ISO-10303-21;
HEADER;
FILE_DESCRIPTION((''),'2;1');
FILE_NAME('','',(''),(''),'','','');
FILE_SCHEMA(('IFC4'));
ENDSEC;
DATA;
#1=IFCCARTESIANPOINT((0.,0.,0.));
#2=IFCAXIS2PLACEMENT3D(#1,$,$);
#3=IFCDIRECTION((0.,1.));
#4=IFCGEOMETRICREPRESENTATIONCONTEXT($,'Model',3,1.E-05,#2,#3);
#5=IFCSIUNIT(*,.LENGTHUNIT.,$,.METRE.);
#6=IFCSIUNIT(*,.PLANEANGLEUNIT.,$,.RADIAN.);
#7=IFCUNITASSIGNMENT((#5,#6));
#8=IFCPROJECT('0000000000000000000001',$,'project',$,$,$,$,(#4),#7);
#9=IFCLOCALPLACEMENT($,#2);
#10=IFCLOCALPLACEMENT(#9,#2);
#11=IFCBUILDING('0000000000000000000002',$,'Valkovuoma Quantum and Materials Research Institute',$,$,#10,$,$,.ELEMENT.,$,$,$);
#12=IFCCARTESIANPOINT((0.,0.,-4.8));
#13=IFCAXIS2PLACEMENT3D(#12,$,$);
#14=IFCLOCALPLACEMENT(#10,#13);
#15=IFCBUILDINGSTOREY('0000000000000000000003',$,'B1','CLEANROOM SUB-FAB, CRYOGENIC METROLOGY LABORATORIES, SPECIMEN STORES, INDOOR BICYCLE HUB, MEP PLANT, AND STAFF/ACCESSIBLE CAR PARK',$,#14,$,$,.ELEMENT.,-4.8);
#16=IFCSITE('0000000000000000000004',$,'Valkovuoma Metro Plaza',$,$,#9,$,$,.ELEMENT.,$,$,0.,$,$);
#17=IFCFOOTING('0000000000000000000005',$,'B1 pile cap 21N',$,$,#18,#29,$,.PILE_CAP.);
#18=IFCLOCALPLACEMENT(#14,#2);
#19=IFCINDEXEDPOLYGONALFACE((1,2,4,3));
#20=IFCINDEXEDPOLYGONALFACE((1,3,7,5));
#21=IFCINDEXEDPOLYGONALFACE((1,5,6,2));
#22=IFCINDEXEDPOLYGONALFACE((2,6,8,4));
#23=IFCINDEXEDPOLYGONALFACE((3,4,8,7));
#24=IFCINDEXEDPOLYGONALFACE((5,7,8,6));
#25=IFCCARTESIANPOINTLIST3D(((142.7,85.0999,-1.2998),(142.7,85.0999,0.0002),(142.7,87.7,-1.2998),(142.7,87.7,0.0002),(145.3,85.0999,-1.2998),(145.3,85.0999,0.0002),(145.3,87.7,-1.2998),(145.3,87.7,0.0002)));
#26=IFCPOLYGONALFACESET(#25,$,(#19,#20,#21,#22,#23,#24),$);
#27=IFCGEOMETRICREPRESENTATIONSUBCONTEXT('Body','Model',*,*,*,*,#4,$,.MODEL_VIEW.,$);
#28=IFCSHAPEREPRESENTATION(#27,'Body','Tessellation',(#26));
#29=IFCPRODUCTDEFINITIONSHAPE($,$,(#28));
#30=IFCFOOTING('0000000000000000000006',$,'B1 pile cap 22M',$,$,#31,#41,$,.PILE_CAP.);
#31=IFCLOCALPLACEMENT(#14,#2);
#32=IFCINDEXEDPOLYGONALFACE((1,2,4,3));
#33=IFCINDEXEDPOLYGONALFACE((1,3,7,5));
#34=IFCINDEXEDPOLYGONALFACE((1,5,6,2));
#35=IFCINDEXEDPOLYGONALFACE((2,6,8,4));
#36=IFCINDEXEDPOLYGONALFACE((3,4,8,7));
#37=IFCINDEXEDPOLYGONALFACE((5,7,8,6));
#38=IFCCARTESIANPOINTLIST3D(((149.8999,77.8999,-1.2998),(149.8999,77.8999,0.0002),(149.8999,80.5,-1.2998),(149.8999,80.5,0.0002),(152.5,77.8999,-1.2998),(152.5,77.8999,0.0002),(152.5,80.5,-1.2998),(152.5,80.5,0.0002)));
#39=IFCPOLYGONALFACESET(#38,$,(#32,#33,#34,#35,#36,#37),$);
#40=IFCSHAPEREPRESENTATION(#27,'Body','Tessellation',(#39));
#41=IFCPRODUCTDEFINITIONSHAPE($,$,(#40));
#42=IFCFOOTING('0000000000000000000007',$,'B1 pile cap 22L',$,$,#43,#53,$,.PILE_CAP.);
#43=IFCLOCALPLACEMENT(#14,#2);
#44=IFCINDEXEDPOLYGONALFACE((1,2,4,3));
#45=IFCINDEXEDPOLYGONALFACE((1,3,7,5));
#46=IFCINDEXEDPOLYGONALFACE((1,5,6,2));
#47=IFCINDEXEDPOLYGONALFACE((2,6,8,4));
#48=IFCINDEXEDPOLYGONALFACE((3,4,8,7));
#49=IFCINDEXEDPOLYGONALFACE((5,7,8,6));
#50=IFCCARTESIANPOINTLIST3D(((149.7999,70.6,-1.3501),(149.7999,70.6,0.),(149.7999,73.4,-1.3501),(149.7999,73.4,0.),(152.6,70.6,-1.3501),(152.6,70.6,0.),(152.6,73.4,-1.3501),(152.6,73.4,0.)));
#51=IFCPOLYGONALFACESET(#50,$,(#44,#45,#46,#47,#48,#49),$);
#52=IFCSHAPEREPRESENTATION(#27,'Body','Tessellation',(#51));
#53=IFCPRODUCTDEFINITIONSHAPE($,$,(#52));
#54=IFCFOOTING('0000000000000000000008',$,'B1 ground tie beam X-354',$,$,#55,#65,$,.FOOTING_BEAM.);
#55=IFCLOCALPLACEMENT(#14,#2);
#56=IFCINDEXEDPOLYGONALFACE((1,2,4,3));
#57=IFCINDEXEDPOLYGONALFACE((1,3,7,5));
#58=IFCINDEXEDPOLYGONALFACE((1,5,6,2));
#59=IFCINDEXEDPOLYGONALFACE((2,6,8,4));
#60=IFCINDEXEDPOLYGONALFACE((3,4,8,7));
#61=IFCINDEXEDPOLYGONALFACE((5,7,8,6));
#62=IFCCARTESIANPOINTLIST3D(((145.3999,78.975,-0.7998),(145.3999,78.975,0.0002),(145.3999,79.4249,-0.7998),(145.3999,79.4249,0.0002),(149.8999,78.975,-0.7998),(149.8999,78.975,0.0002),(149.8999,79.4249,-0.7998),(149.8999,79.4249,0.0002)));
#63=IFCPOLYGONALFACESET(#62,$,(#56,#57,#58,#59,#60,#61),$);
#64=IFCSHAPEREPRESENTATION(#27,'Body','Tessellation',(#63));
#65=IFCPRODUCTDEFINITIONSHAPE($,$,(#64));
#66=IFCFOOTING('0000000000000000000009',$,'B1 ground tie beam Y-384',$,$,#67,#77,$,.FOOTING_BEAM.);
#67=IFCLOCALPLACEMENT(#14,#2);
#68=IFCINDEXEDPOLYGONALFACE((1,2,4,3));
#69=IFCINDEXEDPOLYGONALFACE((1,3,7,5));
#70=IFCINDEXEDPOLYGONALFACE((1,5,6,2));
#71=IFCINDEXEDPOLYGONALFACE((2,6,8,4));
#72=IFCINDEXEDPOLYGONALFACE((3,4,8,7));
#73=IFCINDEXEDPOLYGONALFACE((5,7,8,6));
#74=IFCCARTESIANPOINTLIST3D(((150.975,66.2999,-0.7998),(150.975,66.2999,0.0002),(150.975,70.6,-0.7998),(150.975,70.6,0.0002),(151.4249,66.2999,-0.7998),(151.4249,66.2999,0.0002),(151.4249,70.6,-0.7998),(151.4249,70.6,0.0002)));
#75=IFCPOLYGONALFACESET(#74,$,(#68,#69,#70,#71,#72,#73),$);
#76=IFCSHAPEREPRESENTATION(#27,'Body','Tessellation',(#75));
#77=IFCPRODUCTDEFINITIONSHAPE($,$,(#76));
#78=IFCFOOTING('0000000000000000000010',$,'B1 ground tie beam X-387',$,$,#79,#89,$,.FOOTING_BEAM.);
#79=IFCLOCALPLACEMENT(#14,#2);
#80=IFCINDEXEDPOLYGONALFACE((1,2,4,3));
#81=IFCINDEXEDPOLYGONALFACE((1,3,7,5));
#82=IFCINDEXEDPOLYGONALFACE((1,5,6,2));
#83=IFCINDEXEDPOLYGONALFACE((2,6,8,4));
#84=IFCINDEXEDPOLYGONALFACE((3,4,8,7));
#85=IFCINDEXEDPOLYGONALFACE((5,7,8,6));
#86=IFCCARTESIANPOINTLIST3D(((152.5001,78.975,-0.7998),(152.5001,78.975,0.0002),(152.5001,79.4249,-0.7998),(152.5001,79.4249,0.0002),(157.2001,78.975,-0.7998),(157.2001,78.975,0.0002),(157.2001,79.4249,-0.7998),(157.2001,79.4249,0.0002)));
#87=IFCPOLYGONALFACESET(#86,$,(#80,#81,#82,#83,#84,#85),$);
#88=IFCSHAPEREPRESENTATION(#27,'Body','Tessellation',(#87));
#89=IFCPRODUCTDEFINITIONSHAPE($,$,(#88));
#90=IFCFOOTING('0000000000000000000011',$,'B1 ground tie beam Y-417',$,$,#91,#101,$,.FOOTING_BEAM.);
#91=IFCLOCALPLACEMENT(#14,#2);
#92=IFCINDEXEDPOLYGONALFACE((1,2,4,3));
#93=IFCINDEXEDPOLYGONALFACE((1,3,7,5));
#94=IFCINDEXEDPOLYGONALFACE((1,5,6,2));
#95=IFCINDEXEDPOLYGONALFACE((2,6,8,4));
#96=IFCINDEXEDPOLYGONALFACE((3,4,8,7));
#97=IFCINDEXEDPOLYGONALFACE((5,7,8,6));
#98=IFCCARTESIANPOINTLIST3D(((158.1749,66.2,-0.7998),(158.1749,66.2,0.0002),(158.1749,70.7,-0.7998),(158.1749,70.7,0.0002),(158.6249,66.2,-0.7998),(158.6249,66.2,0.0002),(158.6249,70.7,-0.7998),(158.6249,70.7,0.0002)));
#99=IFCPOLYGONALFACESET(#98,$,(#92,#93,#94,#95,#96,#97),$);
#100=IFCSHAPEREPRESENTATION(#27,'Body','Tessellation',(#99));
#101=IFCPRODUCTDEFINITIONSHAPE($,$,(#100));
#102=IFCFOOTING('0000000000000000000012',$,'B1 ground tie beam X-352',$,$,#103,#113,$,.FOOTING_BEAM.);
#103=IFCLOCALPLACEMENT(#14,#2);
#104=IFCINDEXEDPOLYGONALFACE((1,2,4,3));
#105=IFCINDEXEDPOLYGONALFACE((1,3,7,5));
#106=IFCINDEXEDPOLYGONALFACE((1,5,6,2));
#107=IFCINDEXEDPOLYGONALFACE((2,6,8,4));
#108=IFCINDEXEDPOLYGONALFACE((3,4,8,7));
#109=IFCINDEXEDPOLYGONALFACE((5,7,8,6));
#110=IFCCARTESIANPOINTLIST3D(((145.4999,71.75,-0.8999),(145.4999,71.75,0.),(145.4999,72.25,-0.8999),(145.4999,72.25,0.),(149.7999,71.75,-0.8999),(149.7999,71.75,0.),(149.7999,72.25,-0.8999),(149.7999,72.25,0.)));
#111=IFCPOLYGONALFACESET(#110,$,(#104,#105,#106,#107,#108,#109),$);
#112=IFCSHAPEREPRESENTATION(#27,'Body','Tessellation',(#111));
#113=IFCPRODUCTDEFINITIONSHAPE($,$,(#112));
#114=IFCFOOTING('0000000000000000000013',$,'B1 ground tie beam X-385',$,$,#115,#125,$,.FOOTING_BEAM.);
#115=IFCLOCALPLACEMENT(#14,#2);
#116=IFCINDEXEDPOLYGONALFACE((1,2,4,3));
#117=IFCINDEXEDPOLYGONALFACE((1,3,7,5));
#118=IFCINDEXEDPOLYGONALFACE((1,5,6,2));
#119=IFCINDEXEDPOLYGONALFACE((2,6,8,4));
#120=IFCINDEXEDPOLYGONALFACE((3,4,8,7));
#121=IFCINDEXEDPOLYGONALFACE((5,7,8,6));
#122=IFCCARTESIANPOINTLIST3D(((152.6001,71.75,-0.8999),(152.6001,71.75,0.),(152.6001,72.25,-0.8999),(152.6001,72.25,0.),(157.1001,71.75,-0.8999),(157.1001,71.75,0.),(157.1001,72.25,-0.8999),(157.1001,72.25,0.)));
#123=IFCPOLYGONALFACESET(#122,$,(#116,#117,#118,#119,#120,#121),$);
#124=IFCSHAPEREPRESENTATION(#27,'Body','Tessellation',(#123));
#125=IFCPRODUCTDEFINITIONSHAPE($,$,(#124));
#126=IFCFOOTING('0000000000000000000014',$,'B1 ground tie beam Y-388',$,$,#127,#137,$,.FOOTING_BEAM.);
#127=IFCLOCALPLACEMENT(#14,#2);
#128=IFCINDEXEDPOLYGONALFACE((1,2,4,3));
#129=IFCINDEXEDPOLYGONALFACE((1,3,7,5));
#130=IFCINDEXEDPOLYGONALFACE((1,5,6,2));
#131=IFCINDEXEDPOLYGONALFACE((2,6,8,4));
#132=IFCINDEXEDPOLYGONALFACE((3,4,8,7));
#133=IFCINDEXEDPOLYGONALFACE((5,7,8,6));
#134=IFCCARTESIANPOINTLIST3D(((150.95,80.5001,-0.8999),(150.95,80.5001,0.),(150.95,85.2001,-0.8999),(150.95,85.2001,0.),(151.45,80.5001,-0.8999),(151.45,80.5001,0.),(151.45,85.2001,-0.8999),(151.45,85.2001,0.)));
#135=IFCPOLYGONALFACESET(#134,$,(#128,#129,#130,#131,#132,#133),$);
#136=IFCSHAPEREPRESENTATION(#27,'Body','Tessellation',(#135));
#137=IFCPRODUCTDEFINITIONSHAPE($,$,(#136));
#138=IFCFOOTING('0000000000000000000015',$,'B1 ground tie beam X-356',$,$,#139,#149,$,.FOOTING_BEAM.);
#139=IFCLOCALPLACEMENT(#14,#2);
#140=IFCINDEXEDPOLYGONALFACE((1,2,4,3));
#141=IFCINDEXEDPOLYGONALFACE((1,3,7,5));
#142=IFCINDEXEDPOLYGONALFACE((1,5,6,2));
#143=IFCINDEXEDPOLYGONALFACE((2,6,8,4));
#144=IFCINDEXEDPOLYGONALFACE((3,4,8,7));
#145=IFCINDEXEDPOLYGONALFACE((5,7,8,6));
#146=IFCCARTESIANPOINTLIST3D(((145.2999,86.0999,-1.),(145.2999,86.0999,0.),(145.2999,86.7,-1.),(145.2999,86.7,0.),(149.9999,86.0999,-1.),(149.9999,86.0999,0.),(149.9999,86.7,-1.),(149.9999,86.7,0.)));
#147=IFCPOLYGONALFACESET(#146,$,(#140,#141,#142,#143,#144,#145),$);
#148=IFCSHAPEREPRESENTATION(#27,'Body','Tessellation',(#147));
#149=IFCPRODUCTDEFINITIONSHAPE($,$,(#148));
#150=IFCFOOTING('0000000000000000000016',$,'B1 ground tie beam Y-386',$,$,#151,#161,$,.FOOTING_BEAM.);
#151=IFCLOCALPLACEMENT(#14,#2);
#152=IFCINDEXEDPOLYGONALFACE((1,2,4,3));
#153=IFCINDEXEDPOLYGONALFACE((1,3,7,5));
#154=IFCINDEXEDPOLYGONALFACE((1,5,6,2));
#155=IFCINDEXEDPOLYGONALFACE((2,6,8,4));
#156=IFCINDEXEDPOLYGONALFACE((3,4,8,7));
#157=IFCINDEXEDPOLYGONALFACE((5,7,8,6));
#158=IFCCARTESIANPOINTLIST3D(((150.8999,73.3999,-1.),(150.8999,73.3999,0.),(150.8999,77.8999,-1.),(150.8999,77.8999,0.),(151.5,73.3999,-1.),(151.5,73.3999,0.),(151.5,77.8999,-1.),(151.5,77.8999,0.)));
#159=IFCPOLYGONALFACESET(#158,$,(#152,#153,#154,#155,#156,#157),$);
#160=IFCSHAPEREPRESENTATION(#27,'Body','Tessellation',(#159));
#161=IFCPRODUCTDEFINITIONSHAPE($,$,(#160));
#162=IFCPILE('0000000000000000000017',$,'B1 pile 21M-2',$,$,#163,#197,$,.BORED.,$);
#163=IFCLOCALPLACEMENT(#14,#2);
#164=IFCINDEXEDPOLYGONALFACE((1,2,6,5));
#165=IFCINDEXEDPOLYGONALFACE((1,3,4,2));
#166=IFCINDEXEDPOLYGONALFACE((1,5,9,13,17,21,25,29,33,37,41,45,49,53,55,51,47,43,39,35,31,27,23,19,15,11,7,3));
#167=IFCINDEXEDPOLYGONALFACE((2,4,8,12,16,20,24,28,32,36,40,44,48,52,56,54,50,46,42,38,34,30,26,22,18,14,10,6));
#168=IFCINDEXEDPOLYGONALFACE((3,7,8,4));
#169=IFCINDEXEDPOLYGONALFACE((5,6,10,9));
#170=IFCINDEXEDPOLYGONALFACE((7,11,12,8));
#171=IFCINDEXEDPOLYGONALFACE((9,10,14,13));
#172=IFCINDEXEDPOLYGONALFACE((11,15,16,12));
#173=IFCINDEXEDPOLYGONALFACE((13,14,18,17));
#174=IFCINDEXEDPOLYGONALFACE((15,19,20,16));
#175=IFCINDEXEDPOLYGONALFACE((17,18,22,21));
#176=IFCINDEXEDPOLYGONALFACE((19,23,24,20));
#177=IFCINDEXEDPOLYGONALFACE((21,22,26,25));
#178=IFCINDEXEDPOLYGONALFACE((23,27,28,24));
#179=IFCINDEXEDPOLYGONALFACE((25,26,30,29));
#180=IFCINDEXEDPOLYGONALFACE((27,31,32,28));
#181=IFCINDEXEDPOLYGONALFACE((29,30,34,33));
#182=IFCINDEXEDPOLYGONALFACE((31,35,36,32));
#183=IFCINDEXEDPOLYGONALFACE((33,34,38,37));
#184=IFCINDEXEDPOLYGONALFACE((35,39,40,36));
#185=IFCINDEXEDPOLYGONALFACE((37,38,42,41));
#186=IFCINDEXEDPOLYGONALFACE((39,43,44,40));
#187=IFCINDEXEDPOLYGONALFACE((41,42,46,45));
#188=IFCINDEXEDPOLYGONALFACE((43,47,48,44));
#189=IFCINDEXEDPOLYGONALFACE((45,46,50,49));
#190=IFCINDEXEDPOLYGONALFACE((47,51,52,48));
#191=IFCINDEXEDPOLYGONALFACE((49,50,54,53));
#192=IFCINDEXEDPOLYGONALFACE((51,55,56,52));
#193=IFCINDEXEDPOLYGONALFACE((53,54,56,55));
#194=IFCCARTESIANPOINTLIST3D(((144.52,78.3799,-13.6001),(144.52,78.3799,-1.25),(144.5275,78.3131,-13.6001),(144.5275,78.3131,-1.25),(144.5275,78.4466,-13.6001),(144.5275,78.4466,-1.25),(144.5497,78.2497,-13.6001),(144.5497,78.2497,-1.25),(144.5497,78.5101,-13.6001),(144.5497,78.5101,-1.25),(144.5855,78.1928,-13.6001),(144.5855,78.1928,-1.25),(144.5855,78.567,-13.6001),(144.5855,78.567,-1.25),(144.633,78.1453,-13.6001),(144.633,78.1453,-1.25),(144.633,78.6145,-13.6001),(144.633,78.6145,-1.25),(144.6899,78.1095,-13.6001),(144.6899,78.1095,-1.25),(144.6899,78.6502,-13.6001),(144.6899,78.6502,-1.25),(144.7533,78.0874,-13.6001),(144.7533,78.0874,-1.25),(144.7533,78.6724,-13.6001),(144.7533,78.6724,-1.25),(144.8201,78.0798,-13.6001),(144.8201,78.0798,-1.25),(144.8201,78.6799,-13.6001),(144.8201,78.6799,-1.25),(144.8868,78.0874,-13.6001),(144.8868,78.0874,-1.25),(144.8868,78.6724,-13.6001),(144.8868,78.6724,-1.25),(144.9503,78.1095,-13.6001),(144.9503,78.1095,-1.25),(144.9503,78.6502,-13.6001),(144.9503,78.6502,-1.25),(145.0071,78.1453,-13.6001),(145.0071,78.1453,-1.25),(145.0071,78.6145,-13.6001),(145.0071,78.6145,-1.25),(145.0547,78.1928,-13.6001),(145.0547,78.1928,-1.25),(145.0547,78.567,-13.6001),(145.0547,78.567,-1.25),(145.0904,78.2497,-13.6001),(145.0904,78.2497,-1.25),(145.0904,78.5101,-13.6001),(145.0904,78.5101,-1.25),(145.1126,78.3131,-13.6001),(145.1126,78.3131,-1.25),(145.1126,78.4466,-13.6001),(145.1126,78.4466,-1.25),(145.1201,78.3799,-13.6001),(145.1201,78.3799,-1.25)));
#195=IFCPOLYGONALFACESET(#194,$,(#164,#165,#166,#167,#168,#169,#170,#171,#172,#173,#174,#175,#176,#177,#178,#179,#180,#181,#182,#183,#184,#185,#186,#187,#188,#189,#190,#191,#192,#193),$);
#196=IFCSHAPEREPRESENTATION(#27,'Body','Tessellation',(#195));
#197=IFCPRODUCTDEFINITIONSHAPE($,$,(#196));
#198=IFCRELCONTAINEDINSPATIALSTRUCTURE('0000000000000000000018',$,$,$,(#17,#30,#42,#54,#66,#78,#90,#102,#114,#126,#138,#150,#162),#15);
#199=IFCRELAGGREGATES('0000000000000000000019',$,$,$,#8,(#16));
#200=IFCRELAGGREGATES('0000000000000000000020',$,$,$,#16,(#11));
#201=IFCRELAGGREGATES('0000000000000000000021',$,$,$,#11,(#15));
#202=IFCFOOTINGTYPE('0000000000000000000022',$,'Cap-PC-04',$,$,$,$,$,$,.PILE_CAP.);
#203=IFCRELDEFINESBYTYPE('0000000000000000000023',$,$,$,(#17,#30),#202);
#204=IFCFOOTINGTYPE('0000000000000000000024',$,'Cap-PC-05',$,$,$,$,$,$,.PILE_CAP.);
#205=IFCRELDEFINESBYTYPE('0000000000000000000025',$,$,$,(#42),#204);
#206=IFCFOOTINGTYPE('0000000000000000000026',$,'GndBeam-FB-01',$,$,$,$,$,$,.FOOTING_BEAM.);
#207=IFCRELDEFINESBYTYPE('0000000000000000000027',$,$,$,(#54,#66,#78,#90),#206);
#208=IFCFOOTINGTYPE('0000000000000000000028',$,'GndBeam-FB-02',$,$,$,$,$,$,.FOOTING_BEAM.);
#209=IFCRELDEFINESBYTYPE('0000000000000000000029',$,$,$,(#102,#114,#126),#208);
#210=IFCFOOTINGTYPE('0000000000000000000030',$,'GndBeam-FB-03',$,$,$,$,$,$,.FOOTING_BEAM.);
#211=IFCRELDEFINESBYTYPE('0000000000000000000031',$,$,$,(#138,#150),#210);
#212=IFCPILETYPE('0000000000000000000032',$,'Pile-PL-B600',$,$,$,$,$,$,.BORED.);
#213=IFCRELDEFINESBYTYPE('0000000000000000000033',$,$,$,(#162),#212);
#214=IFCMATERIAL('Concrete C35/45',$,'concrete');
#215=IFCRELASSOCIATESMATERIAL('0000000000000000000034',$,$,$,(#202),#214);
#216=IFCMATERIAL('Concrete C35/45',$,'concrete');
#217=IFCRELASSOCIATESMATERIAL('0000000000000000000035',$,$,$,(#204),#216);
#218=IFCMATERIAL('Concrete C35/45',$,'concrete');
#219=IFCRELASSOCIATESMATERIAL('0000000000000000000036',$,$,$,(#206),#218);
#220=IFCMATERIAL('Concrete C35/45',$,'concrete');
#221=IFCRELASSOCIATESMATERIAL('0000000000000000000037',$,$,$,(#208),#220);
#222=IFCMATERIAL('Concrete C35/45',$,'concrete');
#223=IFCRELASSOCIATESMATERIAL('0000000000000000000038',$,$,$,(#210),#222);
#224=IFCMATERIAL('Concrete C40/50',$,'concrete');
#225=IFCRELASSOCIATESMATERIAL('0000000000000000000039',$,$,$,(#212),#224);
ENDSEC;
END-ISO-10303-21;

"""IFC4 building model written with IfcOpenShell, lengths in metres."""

from ifc_helpers import new_model, si_unit, direction, frame, origin, origin_2d, place, context, subcontext, project, spatial, rectangle, circle, extrude, material, material_profile, profile_set, type_object, element, save


model = new_model("IFC4")

# Units and contexts
model_context = context("Model", 3, precision=1e-05, world=origin(), true_north=direction((0.0, 1.0)))
body_context = subcontext(model_context, "Body", "Model", "MODEL_VIEW")
ifc_project = project(units=[si_unit("LENGTHUNIT", "METRE"), si_unit("PLANEANGLEUNIT", "RADIAN")], contexts=[model_context])

# Site, building, storey
site_placement = place(None, origin())
site = spatial("IfcSite", under=ifc_project, at=site_placement, Name="Valkovuoma Metro Plaza", CompositionType="ELEMENT", RefElevation=0.0)
building_placement = place(site_placement, origin())
building = spatial("IfcBuilding", under=site, at=building_placement, Name="Valkovuoma Quantum and Materials Research Institute", CompositionType="ELEMENT")
storey_placement = place(building_placement, frame((0.0, 0.0, -4.8)))
storey = spatial("IfcBuildingStorey", under=building, at=storey_placement, Name="B1", Description="CLEANROOM SUB-FAB, CRYOGENIC METROLOGY LABORATORIES, SPECIMEN STORES, INDOOR BICYCLE HUB, MEP PLANT, AND STAFF/ACCESSIBLE CAR PARK", CompositionType="ELEMENT", Elevation=-4.8)

# Footings
ifc_material_1 = material(Name="Concrete C35/45", Category="concrete")
footing_type_1 = type_object("IfcFootingType", Name="Cap-PC-04", PredefinedType="PILE_CAP", material=ifc_material_1)
for number, where, z_axis, x_axis, name in (
    (1, (144.0, 86.3999, -1.2998), (0.0, 0.0, 1.0), (1.0, 0.0, 0.0), "B1 pile cap 21N"),
    (2, (151.2, 79.2, -1.2998), (0.0, 0.0, 1.0), (1.0, 0.0, 0.0), "B1 pile cap 22M"),
):
    element("IfcFooting", number, at=place(storey_placement, frame(where, z_axis=z_axis, x_axis=x_axis)), inside=storey, type_object=footing_type_1, Name=name, PredefinedType="PILE_CAP", context=body_context, shape_type="SweptSolid", body=[
        extrude(rectangle(XDim=2.6001, YDim=2.6001, at=origin_2d()), origin(), (0.0, 0.0, 1.0), 1.3),
    ])
ifc_material_2 = material(Name="Concrete C35/45", Category="concrete")
footing_type_2 = type_object("IfcFootingType", Name="Cap-PC-05", PredefinedType="PILE_CAP", material=ifc_material_2)
footing_1_placement = place(storey_placement, frame((151.2, 72.0, -1.3501), z_axis=(0.0, 0.0, 1.0), x_axis=(1.0, 0.0, 0.0)))
element("IfcFooting", 3, at=footing_1_placement, inside=storey, type_object=footing_type_2, Name="B1 pile cap 22L", PredefinedType="PILE_CAP", context=body_context, shape_type="SweptSolid", body=[
    extrude(rectangle(XDim=2.8, YDim=2.8, at=origin_2d()), origin(), (0.0, 0.0, 1.0), 1.3501),
])
ifc_material_3 = material(Name="Concrete C35/45", Category="concrete")
footing_type_3 = type_object("IfcFootingType", Name="GndBeam-FB-01", PredefinedType="FOOTING_BEAM", material=ifc_material_3)
footing_2_placement = place(storey_placement, frame((147.6499, 79.2, -0.7998), z_axis=(0.0, 0.0, 1.0), x_axis=(1.0, 0.0, 0.0)))
element("IfcFooting", 4, at=footing_2_placement, inside=storey, type_object=footing_type_3, Name="B1 ground tie beam X-354", PredefinedType="FOOTING_BEAM", context=body_context, shape_type="SweptSolid", body=[
    extrude(rectangle(XDim=4.5, YDim=0.45, at=origin_2d()), origin(), (0.0, 0.0, 1.0), 0.8),
])
footing_3_placement = place(storey_placement, frame((151.2, 68.45, -0.7998), z_axis=(0.0, 0.0, 1.0), x_axis=(0.0, 1.0, 0.0)))
element("IfcFooting", 5, at=footing_3_placement, inside=storey, type_object=footing_type_3, Name="B1 ground tie beam Y-384", PredefinedType="FOOTING_BEAM", context=body_context, shape_type="SweptSolid", body=[
    extrude(rectangle(XDim=4.3, YDim=0.45, at=origin_2d()), origin(), (0.0, 0.0, 1.0), 0.8),
])
footing_4_placement = place(storey_placement, frame((154.8501, 79.2, -0.7998), z_axis=(0.0, 0.0, 1.0), x_axis=(1.0, 0.0, 0.0)))
element("IfcFooting", 6, at=footing_4_placement, inside=storey, type_object=footing_type_3, Name="B1 ground tie beam X-387", PredefinedType="FOOTING_BEAM", context=body_context, shape_type="SweptSolid", body=[
    extrude(rectangle(XDim=4.7, YDim=0.45, at=origin_2d()), origin(), (0.0, 0.0, 1.0), 0.8),
])
footing_5_placement = place(storey_placement, frame((158.3999, 68.45, -0.7998), z_axis=(0.0, 0.0, 1.0), x_axis=(0.0, 1.0, 0.0)))
element("IfcFooting", 7, at=footing_5_placement, inside=storey, type_object=footing_type_3, Name="B1 ground tie beam Y-417", PredefinedType="FOOTING_BEAM", context=body_context, shape_type="SweptSolid", body=[
    extrude(rectangle(XDim=4.5, YDim=0.45, at=origin_2d()), origin(), (0.0, 0.0, 1.0), 0.8),
])
ifc_material_4 = material(Name="Concrete C35/45", Category="concrete")
footing_type_4 = type_object("IfcFootingType", Name="GndBeam-FB-02", PredefinedType="FOOTING_BEAM", material=ifc_material_4)
footing_6_placement = place(storey_placement, frame((147.6499, 72.0, -0.8999), z_axis=(0.0, 0.0, 1.0), x_axis=(1.0, 0.0, 0.0)))
element("IfcFooting", 8, at=footing_6_placement, inside=storey, type_object=footing_type_4, Name="B1 ground tie beam X-352", PredefinedType="FOOTING_BEAM", context=body_context, shape_type="SweptSolid", body=[
    extrude(rectangle(XDim=4.3, YDim=0.5, at=origin_2d()), origin(), (0.0, 0.0, 1.0), 0.8999),
])
footing_7_placement = place(storey_placement, frame((154.8501, 72.0, -0.8999), z_axis=(0.0, 0.0, 1.0), x_axis=(1.0, 0.0, 0.0)))
element("IfcFooting", 9, at=footing_7_placement, inside=storey, type_object=footing_type_4, Name="B1 ground tie beam X-385", PredefinedType="FOOTING_BEAM", context=body_context, shape_type="SweptSolid", body=[
    extrude(rectangle(XDim=4.5, YDim=0.5, at=origin_2d()), origin(), (0.0, 0.0, 1.0), 0.8999),
])
footing_8_placement = place(storey_placement, frame((151.2, 82.8501, -0.8999), z_axis=(0.0, 0.0, 1.0), x_axis=(0.0, 1.0, 0.0)))
element("IfcFooting", 10, at=footing_8_placement, inside=storey, type_object=footing_type_4, Name="B1 ground tie beam Y-388", PredefinedType="FOOTING_BEAM", context=body_context, shape_type="SweptSolid", body=[
    extrude(rectangle(XDim=4.7, YDim=0.5, at=origin_2d()), origin(), (0.0, 0.0, 1.0), 0.8999),
])
ifc_material_5 = material(Name="Concrete C35/45", Category="concrete")
footing_type_5 = type_object("IfcFootingType", Name="GndBeam-FB-03", PredefinedType="FOOTING_BEAM", material=ifc_material_5)
footing_9_placement = place(storey_placement, frame((147.6499, 86.3999, -1.0), z_axis=(0.0, 0.0, 1.0), x_axis=(1.0, 0.0, 0.0)))
element("IfcFooting", 11, at=footing_9_placement, inside=storey, type_object=footing_type_5, Name="B1 ground tie beam X-356", PredefinedType="FOOTING_BEAM", context=body_context, shape_type="SweptSolid", body=[
    extrude(rectangle(XDim=4.7, YDim=0.6001, at=origin_2d()), origin(), (0.0, 0.0, 1.0), 1.0),
])
footing_10_placement = place(storey_placement, frame((151.2, 75.6499, -1.0), z_axis=(0.0, 0.0, 1.0), x_axis=(0.0, 1.0, 0.0)))
element("IfcFooting", 12, at=footing_10_placement, inside=storey, type_object=footing_type_5, Name="B1 ground tie beam Y-386", PredefinedType="FOOTING_BEAM", context=body_context, shape_type="SweptSolid", body=[
    extrude(rectangle(XDim=4.5, YDim=0.6001, at=origin_2d()), origin(), (0.0, 0.0, 1.0), 1.0),
])

# Pile
ifc_material_6 = material(Name="Concrete C40/50", Category="concrete")
ifc_material_profile_1 = material_profile(ifc_material_6, circle(Radius=0.3, at=origin_2d()), Name="Concrete C40/50")
ifc_profile_set_1 = profile_set([ifc_material_profile_1], Name="Concrete C40/50")
pile_type_1 = type_object("IfcPileType", Name="Pile-PL-B600", PredefinedType="BORED", material=ifc_profile_set_1)
for number, where, z_axis, x_axis, name in (
    (13, (144.8201, 78.3799, -1.25), (0.0, 0.0, -1.0), (1.0, 0.0, 0.0), "B1 pile 21M-2"),
):
    element("IfcPile", number, at=place(storey_placement, frame(where, z_axis=z_axis, x_axis=x_axis)), inside=storey, type_object=pile_type_1, Name=name, PredefinedType="BORED", context=body_context, shape_type="SweptSolid", body=[
        extrude(circle(Radius=0.3, at=origin_2d()), origin(), (0.0, 0.0, 1.0), 12.3501),
    ])

save(model, "model.ifc")
